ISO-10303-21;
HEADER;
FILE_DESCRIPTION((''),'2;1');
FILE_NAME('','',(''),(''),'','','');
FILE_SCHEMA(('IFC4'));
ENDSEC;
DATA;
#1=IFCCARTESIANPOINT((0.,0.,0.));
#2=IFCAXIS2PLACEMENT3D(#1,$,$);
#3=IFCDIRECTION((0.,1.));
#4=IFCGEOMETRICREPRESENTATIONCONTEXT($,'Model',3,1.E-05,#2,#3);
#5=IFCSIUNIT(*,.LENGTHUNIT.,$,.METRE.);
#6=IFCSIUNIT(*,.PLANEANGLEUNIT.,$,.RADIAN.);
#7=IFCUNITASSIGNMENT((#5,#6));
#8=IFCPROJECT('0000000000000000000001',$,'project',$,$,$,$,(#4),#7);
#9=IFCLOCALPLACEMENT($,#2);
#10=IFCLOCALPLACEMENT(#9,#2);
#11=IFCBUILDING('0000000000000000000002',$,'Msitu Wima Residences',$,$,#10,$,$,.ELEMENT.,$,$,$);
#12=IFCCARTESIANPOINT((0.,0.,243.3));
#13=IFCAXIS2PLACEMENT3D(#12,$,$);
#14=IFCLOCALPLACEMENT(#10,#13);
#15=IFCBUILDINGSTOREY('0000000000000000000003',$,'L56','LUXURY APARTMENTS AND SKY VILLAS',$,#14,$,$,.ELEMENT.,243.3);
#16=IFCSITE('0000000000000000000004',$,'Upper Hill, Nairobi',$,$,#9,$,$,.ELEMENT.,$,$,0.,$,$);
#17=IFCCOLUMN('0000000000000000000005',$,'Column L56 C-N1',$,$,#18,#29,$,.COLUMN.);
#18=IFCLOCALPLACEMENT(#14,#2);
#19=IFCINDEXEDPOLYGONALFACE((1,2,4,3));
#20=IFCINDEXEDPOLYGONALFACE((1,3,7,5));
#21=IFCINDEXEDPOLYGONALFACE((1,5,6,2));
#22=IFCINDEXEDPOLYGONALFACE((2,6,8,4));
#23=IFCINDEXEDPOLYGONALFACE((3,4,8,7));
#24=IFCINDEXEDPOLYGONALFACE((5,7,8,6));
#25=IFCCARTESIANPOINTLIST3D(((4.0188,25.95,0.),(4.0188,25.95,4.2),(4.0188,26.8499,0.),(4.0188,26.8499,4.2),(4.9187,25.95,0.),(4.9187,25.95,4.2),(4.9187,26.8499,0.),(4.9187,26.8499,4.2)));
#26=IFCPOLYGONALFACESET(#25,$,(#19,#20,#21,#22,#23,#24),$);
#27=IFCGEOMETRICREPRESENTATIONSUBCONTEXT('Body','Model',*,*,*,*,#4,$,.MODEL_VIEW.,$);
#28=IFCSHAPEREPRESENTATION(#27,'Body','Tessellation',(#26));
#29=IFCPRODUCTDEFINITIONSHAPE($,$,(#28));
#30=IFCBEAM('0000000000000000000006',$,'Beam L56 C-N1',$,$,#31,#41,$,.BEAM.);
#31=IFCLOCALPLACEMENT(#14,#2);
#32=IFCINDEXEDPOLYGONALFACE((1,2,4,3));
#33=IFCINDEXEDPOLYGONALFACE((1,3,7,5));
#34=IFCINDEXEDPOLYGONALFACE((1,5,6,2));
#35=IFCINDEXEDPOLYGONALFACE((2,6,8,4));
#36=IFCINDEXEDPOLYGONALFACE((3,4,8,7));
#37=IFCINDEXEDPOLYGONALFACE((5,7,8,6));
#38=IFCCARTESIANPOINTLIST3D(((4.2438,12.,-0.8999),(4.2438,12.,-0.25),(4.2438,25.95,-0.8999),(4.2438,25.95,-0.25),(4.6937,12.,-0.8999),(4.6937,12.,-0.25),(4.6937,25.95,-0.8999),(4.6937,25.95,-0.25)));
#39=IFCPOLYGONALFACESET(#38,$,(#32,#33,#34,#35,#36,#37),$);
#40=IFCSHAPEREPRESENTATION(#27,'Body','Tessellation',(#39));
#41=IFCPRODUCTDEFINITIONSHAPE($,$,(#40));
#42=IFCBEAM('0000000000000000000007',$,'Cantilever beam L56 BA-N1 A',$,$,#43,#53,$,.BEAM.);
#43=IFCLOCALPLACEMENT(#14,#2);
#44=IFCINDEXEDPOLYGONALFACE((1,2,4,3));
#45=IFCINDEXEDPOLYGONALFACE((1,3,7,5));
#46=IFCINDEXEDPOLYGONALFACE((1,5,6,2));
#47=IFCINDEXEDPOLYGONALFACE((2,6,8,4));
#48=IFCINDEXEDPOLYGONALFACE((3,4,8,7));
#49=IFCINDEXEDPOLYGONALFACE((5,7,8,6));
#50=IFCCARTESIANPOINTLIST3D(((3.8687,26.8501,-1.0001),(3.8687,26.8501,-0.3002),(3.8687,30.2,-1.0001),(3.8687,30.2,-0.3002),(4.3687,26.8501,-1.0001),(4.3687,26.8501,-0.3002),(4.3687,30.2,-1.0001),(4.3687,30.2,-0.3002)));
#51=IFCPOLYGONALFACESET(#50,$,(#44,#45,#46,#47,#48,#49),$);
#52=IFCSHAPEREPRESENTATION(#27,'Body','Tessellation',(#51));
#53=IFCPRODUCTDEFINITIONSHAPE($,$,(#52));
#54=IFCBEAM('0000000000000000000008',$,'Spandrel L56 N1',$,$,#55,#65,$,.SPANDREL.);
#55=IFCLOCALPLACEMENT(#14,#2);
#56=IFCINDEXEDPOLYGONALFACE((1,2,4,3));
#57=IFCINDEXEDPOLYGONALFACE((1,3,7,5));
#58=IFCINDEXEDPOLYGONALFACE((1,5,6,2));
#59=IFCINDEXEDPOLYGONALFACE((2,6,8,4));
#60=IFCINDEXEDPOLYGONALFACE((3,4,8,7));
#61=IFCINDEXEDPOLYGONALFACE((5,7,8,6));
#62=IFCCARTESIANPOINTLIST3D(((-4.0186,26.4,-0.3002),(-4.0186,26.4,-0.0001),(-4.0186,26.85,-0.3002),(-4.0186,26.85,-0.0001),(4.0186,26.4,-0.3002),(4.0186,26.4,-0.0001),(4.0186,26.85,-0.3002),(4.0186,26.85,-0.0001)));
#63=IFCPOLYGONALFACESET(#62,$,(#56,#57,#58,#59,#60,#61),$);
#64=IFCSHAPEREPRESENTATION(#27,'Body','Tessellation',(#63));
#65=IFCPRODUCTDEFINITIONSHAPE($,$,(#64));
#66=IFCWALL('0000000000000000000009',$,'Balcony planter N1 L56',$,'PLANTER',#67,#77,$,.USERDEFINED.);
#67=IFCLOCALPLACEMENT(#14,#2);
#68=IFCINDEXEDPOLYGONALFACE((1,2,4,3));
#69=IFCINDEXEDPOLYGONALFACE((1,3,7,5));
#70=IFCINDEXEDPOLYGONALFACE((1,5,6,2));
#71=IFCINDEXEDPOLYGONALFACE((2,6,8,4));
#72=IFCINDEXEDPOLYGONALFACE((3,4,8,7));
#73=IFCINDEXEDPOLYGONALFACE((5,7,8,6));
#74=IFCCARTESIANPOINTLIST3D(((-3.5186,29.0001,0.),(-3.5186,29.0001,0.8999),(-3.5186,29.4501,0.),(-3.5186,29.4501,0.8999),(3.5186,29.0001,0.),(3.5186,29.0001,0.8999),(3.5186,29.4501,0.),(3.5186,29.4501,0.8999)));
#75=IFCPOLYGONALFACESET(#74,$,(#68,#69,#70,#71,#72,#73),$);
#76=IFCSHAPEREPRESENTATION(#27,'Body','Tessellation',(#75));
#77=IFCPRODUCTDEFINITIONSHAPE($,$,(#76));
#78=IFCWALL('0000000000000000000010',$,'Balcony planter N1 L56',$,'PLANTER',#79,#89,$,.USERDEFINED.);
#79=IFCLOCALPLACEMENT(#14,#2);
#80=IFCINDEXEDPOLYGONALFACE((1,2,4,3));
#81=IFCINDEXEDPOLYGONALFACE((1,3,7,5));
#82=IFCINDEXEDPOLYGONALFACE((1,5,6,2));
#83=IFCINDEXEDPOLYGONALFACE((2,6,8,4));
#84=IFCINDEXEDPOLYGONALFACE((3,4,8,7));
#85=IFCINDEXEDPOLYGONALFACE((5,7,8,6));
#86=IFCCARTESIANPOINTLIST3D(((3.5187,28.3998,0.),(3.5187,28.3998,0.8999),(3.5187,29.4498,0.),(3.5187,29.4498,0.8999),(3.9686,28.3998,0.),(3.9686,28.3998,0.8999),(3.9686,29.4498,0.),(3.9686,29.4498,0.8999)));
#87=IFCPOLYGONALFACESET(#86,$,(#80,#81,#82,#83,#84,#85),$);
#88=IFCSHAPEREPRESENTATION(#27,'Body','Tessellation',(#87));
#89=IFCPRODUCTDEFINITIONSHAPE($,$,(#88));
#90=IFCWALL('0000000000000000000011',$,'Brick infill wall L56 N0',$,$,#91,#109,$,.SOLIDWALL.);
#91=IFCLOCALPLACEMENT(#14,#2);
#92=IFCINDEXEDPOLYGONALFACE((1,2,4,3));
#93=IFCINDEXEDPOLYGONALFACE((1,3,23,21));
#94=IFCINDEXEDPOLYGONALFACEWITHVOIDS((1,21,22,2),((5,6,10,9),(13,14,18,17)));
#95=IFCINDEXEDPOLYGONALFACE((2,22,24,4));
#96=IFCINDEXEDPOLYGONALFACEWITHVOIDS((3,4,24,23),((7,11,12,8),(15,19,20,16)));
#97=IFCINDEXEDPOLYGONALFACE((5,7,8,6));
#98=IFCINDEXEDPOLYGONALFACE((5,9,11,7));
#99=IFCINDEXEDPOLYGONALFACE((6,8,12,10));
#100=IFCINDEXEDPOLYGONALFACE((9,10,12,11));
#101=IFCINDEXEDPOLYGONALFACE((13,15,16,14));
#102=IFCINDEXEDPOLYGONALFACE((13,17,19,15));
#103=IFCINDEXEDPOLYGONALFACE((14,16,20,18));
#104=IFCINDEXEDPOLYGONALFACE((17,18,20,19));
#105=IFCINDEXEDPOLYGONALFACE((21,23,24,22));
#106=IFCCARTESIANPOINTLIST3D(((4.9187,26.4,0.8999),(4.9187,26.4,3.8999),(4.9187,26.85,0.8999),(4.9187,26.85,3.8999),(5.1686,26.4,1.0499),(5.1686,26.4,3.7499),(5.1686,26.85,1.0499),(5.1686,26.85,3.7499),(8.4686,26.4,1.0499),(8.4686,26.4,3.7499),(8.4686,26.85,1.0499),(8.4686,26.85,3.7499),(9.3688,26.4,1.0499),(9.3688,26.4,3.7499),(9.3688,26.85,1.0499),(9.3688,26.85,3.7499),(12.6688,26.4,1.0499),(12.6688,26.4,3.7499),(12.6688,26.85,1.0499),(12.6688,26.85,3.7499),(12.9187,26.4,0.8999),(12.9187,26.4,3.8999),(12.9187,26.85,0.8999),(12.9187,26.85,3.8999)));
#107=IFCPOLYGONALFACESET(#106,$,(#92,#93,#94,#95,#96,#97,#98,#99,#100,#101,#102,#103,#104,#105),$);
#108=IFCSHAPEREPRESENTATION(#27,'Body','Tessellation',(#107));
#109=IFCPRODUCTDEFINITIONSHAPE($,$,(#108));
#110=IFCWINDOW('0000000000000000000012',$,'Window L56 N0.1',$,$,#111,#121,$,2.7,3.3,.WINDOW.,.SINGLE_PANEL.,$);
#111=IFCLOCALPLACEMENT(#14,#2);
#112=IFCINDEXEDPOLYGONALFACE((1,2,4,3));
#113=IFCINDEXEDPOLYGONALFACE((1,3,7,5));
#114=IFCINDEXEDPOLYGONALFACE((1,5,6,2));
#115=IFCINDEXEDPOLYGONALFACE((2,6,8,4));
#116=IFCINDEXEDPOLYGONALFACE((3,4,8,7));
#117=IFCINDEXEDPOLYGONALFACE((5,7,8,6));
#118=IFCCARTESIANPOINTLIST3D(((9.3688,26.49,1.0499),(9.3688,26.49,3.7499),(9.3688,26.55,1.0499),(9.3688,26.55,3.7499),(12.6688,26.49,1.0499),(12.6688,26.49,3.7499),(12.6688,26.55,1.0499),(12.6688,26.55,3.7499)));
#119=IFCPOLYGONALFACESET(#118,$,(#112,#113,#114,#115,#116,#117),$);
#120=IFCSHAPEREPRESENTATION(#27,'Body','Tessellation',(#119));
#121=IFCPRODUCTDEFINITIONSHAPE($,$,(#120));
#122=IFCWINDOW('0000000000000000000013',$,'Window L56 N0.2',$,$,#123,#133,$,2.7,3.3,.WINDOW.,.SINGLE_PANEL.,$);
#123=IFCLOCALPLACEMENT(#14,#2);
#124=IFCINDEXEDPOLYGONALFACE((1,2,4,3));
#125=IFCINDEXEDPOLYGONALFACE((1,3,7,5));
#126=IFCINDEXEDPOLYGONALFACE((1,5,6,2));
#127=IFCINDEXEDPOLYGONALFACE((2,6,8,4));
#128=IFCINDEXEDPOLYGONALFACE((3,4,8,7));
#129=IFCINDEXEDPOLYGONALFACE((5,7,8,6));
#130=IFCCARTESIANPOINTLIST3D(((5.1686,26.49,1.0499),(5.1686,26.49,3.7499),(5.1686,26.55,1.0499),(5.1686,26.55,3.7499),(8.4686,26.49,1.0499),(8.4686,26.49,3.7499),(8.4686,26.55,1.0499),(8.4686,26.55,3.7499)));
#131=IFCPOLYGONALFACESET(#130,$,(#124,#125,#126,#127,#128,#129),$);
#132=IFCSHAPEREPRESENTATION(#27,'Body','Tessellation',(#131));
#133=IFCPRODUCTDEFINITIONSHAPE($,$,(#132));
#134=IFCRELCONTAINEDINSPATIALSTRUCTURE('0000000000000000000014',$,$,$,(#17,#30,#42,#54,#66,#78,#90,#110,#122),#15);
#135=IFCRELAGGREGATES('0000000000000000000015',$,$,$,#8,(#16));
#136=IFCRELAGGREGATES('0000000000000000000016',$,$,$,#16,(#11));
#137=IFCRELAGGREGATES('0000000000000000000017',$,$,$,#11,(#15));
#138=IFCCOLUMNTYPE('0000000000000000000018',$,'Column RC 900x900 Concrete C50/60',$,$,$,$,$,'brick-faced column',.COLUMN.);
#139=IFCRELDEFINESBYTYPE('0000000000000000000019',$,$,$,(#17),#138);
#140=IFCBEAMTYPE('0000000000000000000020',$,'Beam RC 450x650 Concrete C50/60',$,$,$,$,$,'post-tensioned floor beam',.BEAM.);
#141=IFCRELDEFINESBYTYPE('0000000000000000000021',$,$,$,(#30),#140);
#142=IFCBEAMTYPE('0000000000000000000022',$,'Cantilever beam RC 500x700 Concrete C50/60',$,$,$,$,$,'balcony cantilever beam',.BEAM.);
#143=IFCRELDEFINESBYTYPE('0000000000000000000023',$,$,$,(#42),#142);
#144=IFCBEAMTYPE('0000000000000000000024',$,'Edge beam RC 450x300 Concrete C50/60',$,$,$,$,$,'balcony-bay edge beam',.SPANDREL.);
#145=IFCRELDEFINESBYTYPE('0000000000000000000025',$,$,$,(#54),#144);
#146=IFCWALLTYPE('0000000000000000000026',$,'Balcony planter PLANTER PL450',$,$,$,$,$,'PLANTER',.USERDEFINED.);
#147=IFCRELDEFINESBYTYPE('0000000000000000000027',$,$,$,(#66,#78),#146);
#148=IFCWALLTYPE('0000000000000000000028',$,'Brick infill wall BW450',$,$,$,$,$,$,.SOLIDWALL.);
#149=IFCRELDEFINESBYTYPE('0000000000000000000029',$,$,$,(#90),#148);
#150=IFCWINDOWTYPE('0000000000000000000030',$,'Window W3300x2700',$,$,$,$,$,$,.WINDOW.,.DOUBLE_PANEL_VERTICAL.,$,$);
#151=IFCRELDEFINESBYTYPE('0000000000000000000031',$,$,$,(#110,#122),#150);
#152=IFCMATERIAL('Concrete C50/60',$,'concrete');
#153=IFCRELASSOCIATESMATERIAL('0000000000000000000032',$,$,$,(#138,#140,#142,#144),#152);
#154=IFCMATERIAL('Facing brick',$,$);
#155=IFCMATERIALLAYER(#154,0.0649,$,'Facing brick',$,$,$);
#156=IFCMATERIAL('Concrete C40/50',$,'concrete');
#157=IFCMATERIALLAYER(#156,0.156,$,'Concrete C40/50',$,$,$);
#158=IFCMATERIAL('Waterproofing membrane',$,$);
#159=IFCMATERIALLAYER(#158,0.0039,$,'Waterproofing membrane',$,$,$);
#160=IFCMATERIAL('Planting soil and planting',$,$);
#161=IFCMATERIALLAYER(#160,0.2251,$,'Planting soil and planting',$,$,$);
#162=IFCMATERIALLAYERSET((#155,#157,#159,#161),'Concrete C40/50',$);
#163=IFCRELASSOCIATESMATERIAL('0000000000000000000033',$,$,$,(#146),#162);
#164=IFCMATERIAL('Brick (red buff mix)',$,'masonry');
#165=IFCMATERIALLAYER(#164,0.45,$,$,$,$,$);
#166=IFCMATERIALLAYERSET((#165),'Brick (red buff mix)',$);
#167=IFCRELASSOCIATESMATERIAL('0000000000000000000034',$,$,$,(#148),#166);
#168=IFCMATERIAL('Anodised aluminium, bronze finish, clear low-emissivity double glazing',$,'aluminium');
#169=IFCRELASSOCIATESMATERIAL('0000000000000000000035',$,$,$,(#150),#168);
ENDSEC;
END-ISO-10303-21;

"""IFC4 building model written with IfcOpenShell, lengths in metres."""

from ifc_helpers import new_model, si_unit, direction, frame, frame_2d, origin, origin_2d, place, context, subcontext, project, spatial, rectangle, extrude, material, layer, layer_set, material_profile, profile_set, type_object, element, fill, save


model = new_model("IFC4")

# Units and contexts
model_context = context("Model", 3, precision=1e-05, world=origin(), true_north=direction((0.0, 1.0)))
body_context = subcontext(model_context, "Body", "Model", "MODEL_VIEW")
ifc_project = project(units=[si_unit("LENGTHUNIT", "METRE"), si_unit("PLANEANGLEUNIT", "RADIAN")], contexts=[model_context])

# Site, building, storey
site_placement = place(None, origin())
site = spatial("IfcSite", under=ifc_project, at=site_placement, Name="Upper Hill, Nairobi", CompositionType="ELEMENT", RefElevation=0.0)
building_placement = place(site_placement, origin())
building = spatial("IfcBuilding", under=site, at=building_placement, Name="Msitu Wima Residences", CompositionType="ELEMENT")
storey_placement = place(building_placement, frame((0.0, 0.0, 243.3)))
storey = spatial("IfcBuildingStorey", under=building, at=storey_placement, Name="L56", Description="LUXURY APARTMENTS AND SKY VILLAS", CompositionType="ELEMENT", Elevation=243.3)

# Column
ifc_material_1 = material(Name="Concrete C50/60", Category="concrete")
ifc_material_profile_1 = material_profile(ifc_material_1, rectangle(XDim=0.8999, YDim=0.8999, at=origin_2d()), Name="RC 900x900")
ifc_profile_set_1 = profile_set([ifc_material_profile_1], Name="Concrete C50/60")
column_type = type_object("IfcColumnType", Name="Column RC 900x900 Concrete C50/60", ElementType="brick-faced column", PredefinedType="COLUMN", material=ifc_profile_set_1)
column_placement = place(storey_placement, frame((4.4688, 26.3999, 0.0), z_axis=(0.0, 0.0, 1.0), x_axis=(-1.0, 0.0, 0.0)))
element("IfcColumn", 1, at=column_placement, inside=storey, type_object=column_type, Name="Column L56 C-N1", PredefinedType="COLUMN", context=body_context, shape_type="SweptSolid", body=[
    extrude(rectangle(XDim=0.8999, YDim=0.8999, at=origin_2d()), origin(), (0.0, 0.0, 1.0), 4.2),
])

# Beams
ifc_material_profile_2 = material_profile(ifc_material_1, rectangle(XDim=0.45, YDim=0.6499, at=origin_2d()), Name="RC 450x650")
ifc_profile_set_2 = profile_set([ifc_material_profile_2], Name="Concrete C50/60")
beam_type_1 = type_object("IfcBeamType", Name="Beam RC 450x650 Concrete C50/60", ElementType="post-tensioned floor beam", PredefinedType="BEAM", material=ifc_profile_set_2)
beam_1_placement = place(storey_placement, frame((4.4688, 25.95, -0.575), z_axis=(0.0, -1.0, 0.0), x_axis=(1.0, 0.0, 0.0)))
element("IfcBeam", 2, at=beam_1_placement, inside=storey, type_object=beam_type_1, Name="Beam L56 C-N1", PredefinedType="BEAM", context=body_context, shape_type="SweptSolid", body=[
    extrude(rectangle(XDim=0.45, YDim=0.6499, at=origin_2d()), origin(), (0.0, 0.0, 1.0), 13.95),
])
ifc_material_profile_3 = material_profile(ifc_material_1, rectangle(XDim=0.5, YDim=0.7, at=origin_2d()), Name="RC 500x700")
ifc_profile_set_3 = profile_set([ifc_material_profile_3], Name="Concrete C50/60")
beam_type_2 = type_object("IfcBeamType", Name="Cantilever beam RC 500x700 Concrete C50/60", ElementType="balcony cantilever beam", PredefinedType="BEAM", material=ifc_profile_set_3)
beam_2_placement = place(storey_placement, frame((4.1187, 26.8501, -0.6501), z_axis=(0.0, 1.0, 0.0), x_axis=(-1.0, 0.0, 0.0)))
element("IfcBeam", 3, at=beam_2_placement, inside=storey, type_object=beam_type_2, Name="Cantilever beam L56 BA-N1 A", PredefinedType="BEAM", context=body_context, shape_type="SweptSolid", body=[
    extrude(rectangle(XDim=0.5, YDim=0.7, at=origin_2d()), origin(), (0.0, 0.0, 1.0), 3.3499),
])
ifc_material_profile_4 = material_profile(ifc_material_1, rectangle(XDim=0.45, YDim=0.3, at=origin_2d()), Name="RC 450x300")
ifc_profile_set_4 = profile_set([ifc_material_profile_4], Name="Concrete C50/60")
beam_type_3 = type_object("IfcBeamType", Name="Edge beam RC 450x300 Concrete C50/60", ElementType="balcony-bay edge beam", PredefinedType="SPANDREL", material=ifc_profile_set_4)
beam_3_placement = place(storey_placement, frame((4.0186, 26.625, -0.1501), z_axis=(-1.0, 0.0, 0.0), x_axis=(0.0, -1.0, 0.0)))
element("IfcBeam", 4, at=beam_3_placement, inside=storey, type_object=beam_type_3, Name="Spandrel L56 N1", PredefinedType="SPANDREL", context=body_context, shape_type="SweptSolid", body=[
    extrude(rectangle(XDim=0.45, YDim=0.3, at=origin_2d()), origin(), (0.0, 0.0, 1.0), 8.0371),
])

# Walls
ifc_material_2 = material(Name="Facing brick")
ifc_layer_1 = layer(ifc_material_2, 0.0649, Name="Facing brick")
ifc_material_3 = material(Name="Concrete C40/50", Category="concrete")
ifc_layer_2 = layer(ifc_material_3, 0.156, Name="Concrete C40/50")
ifc_material_4 = material(Name="Waterproofing membrane")
ifc_layer_3 = layer(ifc_material_4, 0.0039, Name="Waterproofing membrane")
ifc_material_5 = material(Name="Planting soil and planting")
ifc_layer_4 = layer(ifc_material_5, 0.2251, Name="Planting soil and planting")
ifc_layer_set_1 = layer_set([ifc_layer_1, ifc_layer_2, ifc_layer_3, ifc_layer_4], Name="Concrete C40/50")
wall_type_1 = type_object("IfcWallType", Name="Balcony planter PLANTER PL450", ElementType="PLANTER", PredefinedType="USERDEFINED", material=ifc_layer_set_1)
wall_1_placement = place(storey_placement, frame((3.5186, 29.2251, 0.0), z_axis=(0.0, 0.0, 1.0), x_axis=(-1.0, 0.0, 0.0)))
element("IfcWall", 5, at=wall_1_placement, inside=storey, type_object=wall_type_1, Name="Balcony planter N1 L56", ObjectType="PLANTER", PredefinedType="USERDEFINED", context=body_context, shape_type="SweptSolid", body=[
    extrude(rectangle(XDim=7.0371, YDim=0.45, at=frame_2d((3.5186, 0.0))), origin(), (0.0, 0.0, 1.0), 0.8999),
])
wall_2_placement = place(storey_placement, frame((3.7437, 28.3999, 0.0), z_axis=(0.0, 0.0, 1.0), x_axis=(0.0, 1.0, 0.0)))
element("IfcWall", 6, at=wall_2_placement, inside=storey, type_object=wall_type_1, Name="Balcony planter N1 L56", ObjectType="PLANTER", PredefinedType="USERDEFINED", context=body_context, shape_type="SweptSolid", body=[
    extrude(rectangle(XDim=1.05, YDim=0.45, at=frame_2d((0.5249, 0.0))), origin(), (0.0, 0.0, 1.0), 0.8999),
])

# Wall, openings, windows
ifc_material_6 = material(Name="Brick (red buff mix)", Category="masonry")
ifc_layer_5 = layer(ifc_material_6, 0.45)
ifc_layer_set_2 = layer_set([ifc_layer_5], Name="Brick (red buff mix)")
wall_type_2 = type_object("IfcWallType", Name="Brick infill wall BW450", PredefinedType="SOLIDWALL", material=ifc_layer_set_2)
wall_3_placement = place(storey_placement, frame((12.9187, 26.625, 0.8999), z_axis=(0.0, 0.0, 1.0), x_axis=(-1.0, 0.0, 0.0)))
wall_3 = element("IfcWall", 7, at=wall_3_placement, inside=storey, type_object=wall_type_2, Name="Brick infill wall L56 N0", PredefinedType="SOLIDWALL", context=body_context, shape_type="SweptSolid", body=[
    extrude(rectangle(XDim=8.0, YDim=0.45, at=frame_2d((4.0, 0.0))), origin(), (0.0, 0.0, 1.0), 3.0),
])
opening_1_placement = place(wall_3_placement, frame((0.25, 0.0, 0.1499)))
opening_1 = element("IfcOpeningElement", 8, at=opening_1_placement, cuts=wall_3, PredefinedType="OPENING", context=body_context, shape_type="SweptSolid", body=[
    extrude(rectangle(XDim=3.3, YDim=2.7, at=frame_2d((1.6499, 1.3501))), frame((0.0, 0.2349, 0.0), z_axis=(0.0, -1.0, 0.0), x_axis=(1.0, 0.0, 0.0)), (0.0, 0.0, 1.0), 0.47),
])
opening_2_placement = place(wall_3_placement, frame((4.4502, 0.0, 0.1499)))
opening_2 = element("IfcOpeningElement", 9, at=opening_2_placement, cuts=wall_3, PredefinedType="OPENING", context=body_context, shape_type="SweptSolid", body=[
    extrude(rectangle(XDim=3.3, YDim=2.7, at=frame_2d((1.6499, 1.3501))), frame((0.0, 0.2349, 0.0), z_axis=(0.0, -1.0, 0.0), x_axis=(1.0, 0.0, 0.0)), (0.0, 0.0, 1.0), 0.47),
])
ifc_material_7 = material(Name="Anodised aluminium, bronze finish, clear low-emissivity double glazing", Category="aluminium")
window_type = type_object("IfcWindowType", Name="Window W3300x2700", PartitioningType="DOUBLE_PANEL_VERTICAL", PredefinedType="WINDOW", material=ifc_material_7)
window_1_placement = place(opening_1_placement, origin())
window_1 = element("IfcWindow", 10, at=window_1_placement, inside=storey, type_object=window_type, Name="Window L56 N0.1", OverallHeight=2.7, OverallWidth=3.3, PartitioningType="SINGLE_PANEL", PredefinedType="WINDOW", context=body_context, shape_type="SweptSolid", body=[
    extrude(rectangle(XDim=3.3, YDim=2.7, at=frame_2d((1.6499, 1.3501))), frame((0.0, 0.135, 0.0), z_axis=(0.0, -1.0, 0.0), x_axis=(1.0, 0.0, 0.0)), (0.0, 0.0, 1.0), 0.0601),
])
fill(opening_1, window_1)
window_2_placement = place(opening_2_placement, origin())
window_2 = element("IfcWindow", 11, at=window_2_placement, inside=storey, type_object=window_type, Name="Window L56 N0.2", OverallHeight=2.7, OverallWidth=3.3, PartitioningType="SINGLE_PANEL", PredefinedType="WINDOW", context=body_context, shape_type="SweptSolid", body=[
    extrude(rectangle(XDim=3.3, YDim=2.7, at=frame_2d((1.6499, 1.3501))), frame((0.0, 0.135, 0.0), z_axis=(0.0, -1.0, 0.0), x_axis=(1.0, 0.0, 0.0)), (0.0, 0.0, 1.0), 0.0601),
])
fill(opening_2, window_2)

save(model, "model.ifc")
